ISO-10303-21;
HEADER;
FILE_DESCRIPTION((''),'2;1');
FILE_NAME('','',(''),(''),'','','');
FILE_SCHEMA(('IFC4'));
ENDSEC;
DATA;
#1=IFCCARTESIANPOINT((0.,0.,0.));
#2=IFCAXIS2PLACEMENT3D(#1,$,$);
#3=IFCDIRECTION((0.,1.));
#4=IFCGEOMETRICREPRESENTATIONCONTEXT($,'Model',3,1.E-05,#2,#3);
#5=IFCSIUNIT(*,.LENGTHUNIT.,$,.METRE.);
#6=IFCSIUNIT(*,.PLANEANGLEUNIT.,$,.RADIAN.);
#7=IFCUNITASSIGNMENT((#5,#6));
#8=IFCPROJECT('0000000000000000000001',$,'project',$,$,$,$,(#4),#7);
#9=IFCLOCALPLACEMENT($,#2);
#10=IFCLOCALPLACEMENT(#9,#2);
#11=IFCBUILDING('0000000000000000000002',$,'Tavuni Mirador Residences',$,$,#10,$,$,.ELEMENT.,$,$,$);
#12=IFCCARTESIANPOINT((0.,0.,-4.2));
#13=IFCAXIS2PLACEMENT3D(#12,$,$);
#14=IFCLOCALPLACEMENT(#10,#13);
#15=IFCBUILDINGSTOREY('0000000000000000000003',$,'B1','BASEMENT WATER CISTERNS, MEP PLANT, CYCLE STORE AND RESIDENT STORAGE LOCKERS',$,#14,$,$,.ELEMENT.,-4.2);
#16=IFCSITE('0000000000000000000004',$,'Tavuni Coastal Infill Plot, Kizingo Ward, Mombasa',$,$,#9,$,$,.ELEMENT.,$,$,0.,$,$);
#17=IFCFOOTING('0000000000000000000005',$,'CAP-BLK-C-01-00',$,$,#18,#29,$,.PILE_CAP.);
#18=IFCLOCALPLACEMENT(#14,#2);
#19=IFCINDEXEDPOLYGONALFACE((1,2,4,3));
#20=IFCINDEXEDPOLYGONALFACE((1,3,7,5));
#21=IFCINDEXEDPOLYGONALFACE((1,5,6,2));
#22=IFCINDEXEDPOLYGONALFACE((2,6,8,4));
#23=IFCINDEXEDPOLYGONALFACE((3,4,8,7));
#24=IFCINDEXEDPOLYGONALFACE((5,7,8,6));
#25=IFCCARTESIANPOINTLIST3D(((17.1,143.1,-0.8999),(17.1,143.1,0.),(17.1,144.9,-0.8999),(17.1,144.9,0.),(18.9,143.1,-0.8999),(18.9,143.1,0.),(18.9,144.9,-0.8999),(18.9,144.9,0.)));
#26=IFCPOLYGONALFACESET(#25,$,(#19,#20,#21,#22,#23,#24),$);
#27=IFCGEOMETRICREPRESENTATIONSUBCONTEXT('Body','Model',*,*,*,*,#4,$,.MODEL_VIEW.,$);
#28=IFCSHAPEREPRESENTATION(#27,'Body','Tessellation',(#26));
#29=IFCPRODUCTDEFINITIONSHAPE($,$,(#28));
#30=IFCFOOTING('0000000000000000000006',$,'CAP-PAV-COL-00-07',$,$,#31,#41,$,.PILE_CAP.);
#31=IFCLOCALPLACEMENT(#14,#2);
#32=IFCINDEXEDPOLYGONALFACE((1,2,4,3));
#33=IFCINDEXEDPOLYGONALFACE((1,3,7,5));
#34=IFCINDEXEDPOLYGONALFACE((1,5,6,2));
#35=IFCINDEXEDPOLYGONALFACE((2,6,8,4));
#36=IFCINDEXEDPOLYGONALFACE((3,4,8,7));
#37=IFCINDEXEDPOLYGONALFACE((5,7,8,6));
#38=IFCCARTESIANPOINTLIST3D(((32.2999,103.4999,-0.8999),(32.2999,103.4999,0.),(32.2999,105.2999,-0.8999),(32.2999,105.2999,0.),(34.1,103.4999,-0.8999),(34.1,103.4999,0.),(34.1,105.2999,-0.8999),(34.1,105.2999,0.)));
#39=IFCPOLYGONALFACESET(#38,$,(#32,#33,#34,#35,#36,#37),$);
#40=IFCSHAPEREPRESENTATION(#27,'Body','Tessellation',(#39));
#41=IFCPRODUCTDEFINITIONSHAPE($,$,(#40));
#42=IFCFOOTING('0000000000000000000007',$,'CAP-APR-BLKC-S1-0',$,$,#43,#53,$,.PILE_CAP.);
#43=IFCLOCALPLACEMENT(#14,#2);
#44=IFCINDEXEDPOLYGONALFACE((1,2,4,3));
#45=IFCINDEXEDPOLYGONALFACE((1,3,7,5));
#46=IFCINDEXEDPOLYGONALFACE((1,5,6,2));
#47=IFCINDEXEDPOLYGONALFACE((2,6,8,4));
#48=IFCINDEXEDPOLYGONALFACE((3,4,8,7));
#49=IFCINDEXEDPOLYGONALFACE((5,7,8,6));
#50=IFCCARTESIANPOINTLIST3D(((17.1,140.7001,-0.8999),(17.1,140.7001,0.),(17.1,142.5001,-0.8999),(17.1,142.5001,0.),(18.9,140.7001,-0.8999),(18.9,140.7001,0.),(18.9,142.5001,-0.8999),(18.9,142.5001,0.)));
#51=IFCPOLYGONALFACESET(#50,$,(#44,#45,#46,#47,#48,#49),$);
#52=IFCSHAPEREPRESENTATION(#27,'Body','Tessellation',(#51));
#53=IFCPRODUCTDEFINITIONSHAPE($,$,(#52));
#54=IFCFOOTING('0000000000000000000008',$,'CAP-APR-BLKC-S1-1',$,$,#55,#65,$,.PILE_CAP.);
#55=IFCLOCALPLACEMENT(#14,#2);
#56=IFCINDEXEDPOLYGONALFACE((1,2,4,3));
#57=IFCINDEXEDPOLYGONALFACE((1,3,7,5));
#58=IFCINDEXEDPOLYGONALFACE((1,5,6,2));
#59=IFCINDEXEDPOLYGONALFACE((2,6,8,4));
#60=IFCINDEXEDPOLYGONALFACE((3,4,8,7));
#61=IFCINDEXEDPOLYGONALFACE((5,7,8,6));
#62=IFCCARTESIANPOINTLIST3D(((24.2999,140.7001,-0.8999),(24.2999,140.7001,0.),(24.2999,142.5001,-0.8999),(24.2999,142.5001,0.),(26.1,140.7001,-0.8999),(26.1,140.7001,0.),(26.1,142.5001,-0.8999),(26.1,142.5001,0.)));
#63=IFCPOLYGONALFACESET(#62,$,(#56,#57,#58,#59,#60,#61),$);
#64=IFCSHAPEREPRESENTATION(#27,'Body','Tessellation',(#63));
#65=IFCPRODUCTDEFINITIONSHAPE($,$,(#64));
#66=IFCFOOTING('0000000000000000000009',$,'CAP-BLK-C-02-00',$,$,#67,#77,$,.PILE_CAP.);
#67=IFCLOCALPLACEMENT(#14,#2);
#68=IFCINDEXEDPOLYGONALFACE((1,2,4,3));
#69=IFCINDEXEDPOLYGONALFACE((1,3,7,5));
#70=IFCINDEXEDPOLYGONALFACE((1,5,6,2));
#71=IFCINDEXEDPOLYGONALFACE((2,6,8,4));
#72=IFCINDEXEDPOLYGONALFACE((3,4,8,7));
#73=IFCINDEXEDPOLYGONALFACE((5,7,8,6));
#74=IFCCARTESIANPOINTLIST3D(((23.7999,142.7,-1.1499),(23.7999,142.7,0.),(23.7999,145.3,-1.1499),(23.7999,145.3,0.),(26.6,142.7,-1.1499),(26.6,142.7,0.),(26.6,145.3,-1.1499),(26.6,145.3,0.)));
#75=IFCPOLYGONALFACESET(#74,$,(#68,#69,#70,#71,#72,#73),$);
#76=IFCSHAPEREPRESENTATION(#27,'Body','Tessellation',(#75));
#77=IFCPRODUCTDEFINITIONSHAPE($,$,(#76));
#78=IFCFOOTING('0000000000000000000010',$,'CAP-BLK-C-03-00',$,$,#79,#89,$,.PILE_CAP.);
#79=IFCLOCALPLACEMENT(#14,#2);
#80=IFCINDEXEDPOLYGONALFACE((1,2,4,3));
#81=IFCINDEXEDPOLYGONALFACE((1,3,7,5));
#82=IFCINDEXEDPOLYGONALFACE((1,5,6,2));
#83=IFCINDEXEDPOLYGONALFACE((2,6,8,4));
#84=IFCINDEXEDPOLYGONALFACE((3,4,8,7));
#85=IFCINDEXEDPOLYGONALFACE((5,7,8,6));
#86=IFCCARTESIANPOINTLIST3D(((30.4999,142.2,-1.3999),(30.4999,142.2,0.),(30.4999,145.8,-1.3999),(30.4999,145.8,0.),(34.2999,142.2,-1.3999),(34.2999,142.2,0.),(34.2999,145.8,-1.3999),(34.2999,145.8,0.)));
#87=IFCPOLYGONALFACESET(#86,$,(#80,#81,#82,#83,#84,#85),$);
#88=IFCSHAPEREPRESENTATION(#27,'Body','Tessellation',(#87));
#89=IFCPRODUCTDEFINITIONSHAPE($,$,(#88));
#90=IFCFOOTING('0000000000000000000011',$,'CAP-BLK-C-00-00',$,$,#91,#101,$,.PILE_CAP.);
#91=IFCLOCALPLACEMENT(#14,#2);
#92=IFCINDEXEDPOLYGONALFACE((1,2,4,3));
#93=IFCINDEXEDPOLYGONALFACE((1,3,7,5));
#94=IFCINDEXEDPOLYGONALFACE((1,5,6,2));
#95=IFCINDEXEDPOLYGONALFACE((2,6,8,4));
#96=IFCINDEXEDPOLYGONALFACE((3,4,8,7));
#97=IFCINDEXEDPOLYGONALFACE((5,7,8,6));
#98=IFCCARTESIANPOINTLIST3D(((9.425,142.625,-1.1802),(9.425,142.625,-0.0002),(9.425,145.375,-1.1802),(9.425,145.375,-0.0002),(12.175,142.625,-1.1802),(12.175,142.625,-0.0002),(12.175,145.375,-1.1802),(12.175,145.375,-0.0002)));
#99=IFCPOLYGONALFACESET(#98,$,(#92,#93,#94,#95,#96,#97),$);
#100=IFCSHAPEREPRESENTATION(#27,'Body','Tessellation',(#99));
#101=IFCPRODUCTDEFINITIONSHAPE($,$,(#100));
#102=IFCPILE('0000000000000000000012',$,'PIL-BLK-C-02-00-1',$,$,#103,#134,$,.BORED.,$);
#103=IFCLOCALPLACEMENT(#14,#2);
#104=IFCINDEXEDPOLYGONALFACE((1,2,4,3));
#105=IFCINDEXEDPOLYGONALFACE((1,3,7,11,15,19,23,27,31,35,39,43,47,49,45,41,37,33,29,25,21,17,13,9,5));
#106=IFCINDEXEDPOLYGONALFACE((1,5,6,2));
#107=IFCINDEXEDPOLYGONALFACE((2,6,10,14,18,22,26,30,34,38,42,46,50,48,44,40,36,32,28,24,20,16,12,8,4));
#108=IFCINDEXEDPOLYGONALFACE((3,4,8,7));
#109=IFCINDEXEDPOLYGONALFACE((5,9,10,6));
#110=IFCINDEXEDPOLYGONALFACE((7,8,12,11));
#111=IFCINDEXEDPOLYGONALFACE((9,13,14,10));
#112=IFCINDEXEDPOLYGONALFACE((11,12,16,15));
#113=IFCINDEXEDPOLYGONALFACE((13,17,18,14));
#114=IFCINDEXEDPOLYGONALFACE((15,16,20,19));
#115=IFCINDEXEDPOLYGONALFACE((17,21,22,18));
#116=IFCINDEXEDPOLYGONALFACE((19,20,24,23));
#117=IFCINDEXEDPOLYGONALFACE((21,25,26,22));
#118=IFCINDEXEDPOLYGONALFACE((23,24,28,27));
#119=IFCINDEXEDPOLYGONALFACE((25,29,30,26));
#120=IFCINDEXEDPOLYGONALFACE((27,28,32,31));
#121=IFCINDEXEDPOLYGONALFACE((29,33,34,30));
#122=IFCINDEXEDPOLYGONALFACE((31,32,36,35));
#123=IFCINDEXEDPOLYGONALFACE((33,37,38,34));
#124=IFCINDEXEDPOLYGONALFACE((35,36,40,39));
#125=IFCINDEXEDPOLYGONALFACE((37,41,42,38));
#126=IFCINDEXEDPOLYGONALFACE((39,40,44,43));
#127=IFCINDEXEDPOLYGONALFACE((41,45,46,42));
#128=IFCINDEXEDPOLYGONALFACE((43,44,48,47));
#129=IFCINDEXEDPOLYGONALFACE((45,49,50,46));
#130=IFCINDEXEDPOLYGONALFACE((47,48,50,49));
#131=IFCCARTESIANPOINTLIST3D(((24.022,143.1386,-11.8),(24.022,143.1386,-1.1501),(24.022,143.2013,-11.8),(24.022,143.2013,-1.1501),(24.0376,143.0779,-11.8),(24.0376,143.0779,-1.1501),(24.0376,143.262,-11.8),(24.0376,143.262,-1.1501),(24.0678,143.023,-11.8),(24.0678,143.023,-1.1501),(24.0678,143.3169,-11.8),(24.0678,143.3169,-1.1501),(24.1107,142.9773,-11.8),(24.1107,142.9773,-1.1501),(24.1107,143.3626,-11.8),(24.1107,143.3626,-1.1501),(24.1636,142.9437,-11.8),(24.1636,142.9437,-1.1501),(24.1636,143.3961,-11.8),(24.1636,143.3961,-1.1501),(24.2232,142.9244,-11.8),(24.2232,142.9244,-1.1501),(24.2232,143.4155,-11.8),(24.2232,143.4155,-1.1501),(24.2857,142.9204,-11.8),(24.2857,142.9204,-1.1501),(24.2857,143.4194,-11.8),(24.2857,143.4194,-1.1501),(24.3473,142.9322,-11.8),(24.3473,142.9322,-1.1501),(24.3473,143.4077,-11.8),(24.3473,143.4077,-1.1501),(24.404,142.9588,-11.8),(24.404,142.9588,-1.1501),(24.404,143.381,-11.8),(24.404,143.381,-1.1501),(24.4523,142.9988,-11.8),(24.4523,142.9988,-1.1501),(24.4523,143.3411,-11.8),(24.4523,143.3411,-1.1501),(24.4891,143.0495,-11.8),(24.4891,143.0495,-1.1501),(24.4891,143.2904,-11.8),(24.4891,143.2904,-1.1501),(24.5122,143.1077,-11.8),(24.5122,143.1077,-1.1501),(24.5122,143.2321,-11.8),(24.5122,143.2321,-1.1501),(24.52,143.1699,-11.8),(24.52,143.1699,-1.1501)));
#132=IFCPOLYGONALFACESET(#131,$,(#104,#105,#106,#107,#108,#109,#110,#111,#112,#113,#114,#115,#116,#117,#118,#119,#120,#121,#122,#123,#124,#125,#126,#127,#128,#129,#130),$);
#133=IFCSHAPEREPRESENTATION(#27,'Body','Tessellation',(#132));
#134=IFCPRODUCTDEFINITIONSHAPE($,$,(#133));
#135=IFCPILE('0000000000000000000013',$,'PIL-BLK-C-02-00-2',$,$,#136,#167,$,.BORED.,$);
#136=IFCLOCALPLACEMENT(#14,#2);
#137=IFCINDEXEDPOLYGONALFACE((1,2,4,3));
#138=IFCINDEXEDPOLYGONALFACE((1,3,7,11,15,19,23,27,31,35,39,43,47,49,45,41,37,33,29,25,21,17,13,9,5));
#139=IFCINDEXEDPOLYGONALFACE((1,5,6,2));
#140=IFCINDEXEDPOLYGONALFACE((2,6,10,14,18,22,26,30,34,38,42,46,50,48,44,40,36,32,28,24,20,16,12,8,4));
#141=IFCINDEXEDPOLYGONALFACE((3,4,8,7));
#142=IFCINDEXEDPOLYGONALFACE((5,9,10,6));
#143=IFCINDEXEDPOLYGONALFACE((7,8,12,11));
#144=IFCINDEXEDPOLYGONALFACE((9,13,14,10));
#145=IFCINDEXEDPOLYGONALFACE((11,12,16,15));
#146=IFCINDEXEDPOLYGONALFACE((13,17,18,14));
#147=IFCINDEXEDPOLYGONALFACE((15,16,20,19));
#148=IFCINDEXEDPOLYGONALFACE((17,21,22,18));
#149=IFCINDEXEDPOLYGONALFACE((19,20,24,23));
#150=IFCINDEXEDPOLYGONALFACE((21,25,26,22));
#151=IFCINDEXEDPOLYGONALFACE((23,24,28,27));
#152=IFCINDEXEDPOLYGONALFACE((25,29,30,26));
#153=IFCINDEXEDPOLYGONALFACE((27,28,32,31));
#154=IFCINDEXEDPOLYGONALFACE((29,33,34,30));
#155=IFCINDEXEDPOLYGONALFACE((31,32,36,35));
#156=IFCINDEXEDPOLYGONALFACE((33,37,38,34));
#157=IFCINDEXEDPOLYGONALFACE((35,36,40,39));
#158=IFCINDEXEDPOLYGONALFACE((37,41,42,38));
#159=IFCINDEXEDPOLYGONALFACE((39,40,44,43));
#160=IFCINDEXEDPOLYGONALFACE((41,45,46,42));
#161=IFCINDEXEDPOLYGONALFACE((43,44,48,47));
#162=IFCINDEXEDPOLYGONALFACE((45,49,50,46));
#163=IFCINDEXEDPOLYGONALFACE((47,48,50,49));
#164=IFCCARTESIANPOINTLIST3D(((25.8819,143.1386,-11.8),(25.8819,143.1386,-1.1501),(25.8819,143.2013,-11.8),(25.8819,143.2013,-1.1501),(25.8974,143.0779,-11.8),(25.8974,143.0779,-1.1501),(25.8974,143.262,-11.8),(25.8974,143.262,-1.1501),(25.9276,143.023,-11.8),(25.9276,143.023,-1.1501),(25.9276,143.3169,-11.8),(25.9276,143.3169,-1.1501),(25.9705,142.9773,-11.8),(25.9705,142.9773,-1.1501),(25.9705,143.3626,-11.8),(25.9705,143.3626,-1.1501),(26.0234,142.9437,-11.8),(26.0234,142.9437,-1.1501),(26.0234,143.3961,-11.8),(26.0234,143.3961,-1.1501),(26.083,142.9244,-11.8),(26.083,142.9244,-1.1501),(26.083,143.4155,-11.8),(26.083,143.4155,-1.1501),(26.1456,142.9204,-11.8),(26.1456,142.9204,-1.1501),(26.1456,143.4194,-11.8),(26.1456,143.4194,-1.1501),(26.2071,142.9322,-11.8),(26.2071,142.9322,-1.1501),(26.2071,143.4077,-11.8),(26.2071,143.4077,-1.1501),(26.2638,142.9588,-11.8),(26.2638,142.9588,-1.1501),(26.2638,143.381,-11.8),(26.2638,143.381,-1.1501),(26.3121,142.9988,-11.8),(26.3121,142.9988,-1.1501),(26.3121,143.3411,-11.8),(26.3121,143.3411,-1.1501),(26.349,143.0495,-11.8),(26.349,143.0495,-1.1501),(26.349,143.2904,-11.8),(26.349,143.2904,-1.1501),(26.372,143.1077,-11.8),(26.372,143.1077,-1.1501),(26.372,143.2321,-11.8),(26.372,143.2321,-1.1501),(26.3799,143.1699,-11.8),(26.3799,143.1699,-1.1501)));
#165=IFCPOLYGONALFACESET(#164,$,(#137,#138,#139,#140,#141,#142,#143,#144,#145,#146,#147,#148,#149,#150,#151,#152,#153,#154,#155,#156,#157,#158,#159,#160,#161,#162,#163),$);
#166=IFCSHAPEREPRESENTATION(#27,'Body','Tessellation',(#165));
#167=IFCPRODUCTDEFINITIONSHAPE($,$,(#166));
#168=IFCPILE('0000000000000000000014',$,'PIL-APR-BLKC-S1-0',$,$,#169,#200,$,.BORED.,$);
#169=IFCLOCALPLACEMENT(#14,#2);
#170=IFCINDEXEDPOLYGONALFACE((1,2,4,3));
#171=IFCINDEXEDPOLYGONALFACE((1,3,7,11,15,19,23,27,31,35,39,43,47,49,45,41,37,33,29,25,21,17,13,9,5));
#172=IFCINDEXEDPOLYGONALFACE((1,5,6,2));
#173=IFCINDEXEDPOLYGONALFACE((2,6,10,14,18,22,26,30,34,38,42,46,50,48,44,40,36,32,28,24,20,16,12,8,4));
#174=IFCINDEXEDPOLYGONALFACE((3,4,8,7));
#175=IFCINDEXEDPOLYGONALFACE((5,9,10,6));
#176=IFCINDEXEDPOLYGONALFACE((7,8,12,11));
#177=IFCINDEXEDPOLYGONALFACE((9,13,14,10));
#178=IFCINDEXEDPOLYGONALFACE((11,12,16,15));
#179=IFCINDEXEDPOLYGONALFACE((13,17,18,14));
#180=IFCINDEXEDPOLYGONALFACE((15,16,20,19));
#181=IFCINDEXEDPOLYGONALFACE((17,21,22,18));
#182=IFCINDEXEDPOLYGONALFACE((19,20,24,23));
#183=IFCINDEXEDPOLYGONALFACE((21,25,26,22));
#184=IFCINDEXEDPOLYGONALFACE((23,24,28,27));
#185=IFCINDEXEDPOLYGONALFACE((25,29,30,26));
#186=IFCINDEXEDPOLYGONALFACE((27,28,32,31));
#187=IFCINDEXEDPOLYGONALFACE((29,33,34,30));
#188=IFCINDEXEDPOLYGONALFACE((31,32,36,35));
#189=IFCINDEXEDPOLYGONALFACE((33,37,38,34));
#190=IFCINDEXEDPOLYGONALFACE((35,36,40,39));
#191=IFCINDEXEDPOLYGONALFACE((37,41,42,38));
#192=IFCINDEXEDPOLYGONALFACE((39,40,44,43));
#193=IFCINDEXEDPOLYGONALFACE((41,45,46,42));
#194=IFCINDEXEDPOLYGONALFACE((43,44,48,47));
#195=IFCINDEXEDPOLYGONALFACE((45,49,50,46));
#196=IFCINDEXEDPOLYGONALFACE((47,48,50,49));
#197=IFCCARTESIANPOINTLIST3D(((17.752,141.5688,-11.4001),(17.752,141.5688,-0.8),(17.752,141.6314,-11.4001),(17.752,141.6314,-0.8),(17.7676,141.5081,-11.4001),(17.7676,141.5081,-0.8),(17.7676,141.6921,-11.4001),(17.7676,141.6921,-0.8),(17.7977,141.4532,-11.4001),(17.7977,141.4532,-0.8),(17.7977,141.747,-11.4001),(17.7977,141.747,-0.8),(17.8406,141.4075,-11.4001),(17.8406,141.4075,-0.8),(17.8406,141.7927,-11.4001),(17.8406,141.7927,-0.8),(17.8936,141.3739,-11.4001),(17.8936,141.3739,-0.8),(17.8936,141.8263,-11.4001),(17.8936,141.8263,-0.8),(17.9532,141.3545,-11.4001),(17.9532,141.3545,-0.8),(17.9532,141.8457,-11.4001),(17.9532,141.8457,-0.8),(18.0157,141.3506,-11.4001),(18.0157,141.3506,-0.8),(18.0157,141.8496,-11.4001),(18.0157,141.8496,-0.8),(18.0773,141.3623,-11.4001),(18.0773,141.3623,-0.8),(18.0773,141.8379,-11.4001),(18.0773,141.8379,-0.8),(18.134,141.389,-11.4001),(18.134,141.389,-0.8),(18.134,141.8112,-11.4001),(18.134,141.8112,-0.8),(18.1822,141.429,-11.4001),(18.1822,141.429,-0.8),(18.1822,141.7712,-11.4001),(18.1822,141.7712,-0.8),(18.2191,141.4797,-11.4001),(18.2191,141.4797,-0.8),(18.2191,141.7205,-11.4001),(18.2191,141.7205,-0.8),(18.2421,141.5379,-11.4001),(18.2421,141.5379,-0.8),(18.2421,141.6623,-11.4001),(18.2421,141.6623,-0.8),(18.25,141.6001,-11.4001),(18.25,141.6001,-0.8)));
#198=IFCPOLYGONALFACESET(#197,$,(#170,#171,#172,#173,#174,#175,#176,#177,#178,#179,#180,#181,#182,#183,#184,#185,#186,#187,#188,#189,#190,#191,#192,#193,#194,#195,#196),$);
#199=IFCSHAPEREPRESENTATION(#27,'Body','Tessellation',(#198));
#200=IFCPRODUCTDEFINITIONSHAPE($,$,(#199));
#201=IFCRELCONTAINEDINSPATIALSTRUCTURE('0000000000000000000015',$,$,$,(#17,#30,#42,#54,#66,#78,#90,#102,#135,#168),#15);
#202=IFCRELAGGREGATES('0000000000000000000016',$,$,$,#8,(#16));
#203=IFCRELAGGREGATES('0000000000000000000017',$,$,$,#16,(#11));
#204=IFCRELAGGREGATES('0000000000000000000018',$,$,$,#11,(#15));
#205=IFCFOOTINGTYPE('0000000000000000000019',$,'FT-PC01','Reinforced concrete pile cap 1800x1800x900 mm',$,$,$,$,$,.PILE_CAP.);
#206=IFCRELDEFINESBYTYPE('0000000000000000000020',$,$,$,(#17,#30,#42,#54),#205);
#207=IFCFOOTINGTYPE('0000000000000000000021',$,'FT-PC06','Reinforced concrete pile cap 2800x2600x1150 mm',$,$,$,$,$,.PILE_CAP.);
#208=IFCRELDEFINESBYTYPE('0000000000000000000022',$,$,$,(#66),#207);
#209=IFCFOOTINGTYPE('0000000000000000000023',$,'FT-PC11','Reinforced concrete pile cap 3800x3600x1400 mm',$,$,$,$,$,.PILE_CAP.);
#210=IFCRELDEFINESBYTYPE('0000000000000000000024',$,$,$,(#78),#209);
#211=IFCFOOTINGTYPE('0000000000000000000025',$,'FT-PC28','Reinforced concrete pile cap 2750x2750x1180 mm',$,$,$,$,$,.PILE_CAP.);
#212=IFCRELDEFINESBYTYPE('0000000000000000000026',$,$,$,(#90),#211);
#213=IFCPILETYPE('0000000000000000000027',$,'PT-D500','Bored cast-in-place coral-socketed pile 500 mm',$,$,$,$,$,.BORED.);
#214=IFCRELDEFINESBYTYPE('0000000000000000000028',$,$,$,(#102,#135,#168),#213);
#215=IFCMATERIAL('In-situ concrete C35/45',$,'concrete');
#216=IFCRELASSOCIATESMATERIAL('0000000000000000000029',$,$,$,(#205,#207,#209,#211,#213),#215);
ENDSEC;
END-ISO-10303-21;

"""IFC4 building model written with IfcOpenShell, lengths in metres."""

from ifc_helpers import new_model, si_unit, direction, frame, origin, origin_2d, place, context, subcontext, project, spatial, rectangle, circle, extrude, material, material_profile, profile_set, type_object, element, save


model = new_model("IFC4")

# Units and contexts
model_context = context("Model", 3, precision=1e-05, world=origin(), true_north=direction((0.0, 1.0)))
body_context = subcontext(model_context, "Body", "Model", "MODEL_VIEW")
ifc_project = project(units=[si_unit("LENGTHUNIT", "METRE"), si_unit("PLANEANGLEUNIT", "RADIAN")], contexts=[model_context])

# Site, building, storey
site_placement = place(None, origin())
site = spatial("IfcSite", under=ifc_project, at=site_placement, Name="Tavuni Coastal Infill Plot, Kizingo Ward, Mombasa", CompositionType="ELEMENT", RefElevation=0.0)
building_placement = place(site_placement, origin())
building = spatial("IfcBuilding", under=site, at=building_placement, Name="Tavuni Mirador Residences", CompositionType="ELEMENT")
storey_placement = place(building_placement, frame((0.0, 0.0, -4.2)))
storey = spatial("IfcBuildingStorey", under=building, at=storey_placement, Name="B1", Description="BASEMENT WATER CISTERNS, MEP PLANT, CYCLE STORE AND RESIDENT STORAGE LOCKERS", CompositionType="ELEMENT", Elevation=-4.2)

# Footings
ifc_material_1 = material(Name="In-situ concrete C35/45", Category="concrete")
footing_type_1 = type_object("IfcFootingType", Name="FT-PC01", Description="Reinforced concrete pile cap 1800x1800x900 mm", PredefinedType="PILE_CAP", material=ifc_material_1)
for number, where, z_axis, x_axis, name in (
    (1, (18.0, 144.0, -0.8999), (0.0, 0.0, 1.0), (1.0, 0.0, 0.0), "CAP-BLK-C-01-00"),
    (2, (33.2, 104.3999, -0.8999), (0.0, 0.0, 1.0), (1.0, 0.0, 0.0), "CAP-PAV-COL-00-07"),
    (3, (18.0, 141.6001, -0.8999), (0.0, 0.0, 1.0), (1.0, 0.0, 0.0), "CAP-APR-BLKC-S1-0"),
    (4, (25.2, 141.6001, -0.8999), (0.0, 0.0, 1.0), (1.0, 0.0, 0.0), "CAP-APR-BLKC-S1-1"),
):
    element("IfcFooting", number, at=place(storey_placement, frame(where, z_axis=z_axis, x_axis=x_axis)), inside=storey, type_object=footing_type_1, Name=name, PredefinedType="PILE_CAP", context=body_context, shape_type="SweptSolid", body=[
        extrude(rectangle(XDim=1.8, YDim=1.8, at=origin_2d()), origin(), (0.0, 0.0, 1.0), 0.8999),
    ])
footing_type_2 = type_object("IfcFootingType", Name="FT-PC06", Description="Reinforced concrete pile cap 2800x2600x1150 mm", PredefinedType="PILE_CAP", material=ifc_material_1)
footing_1_placement = place(storey_placement, frame((25.2, 144.0, -1.1499), z_axis=(0.0, 0.0, 1.0), x_axis=(1.0, 0.0, 0.0)))
element("IfcFooting", 5, at=footing_1_placement, inside=storey, type_object=footing_type_2, Name="CAP-BLK-C-02-00", PredefinedType="PILE_CAP", context=body_context, shape_type="SweptSolid", body=[
    extrude(rectangle(XDim=2.8, YDim=2.6001, at=origin_2d()), origin(), (0.0, 0.0, 1.0), 1.1499),
])
footing_type_3 = type_object("IfcFootingType", Name="FT-PC11", Description="Reinforced concrete pile cap 3800x3600x1400 mm", PredefinedType="PILE_CAP", material=ifc_material_1)
footing_2_placement = place(storey_placement, frame((32.3999, 144.0, -1.3999), z_axis=(0.0, 0.0, 1.0), x_axis=(1.0, 0.0, 0.0)))
element("IfcFooting", 6, at=footing_2_placement, inside=storey, type_object=footing_type_3, Name="CAP-BLK-C-03-00", PredefinedType="PILE_CAP", context=body_context, shape_type="SweptSolid", body=[
    extrude(rectangle(XDim=3.8, YDim=3.6001, at=origin_2d()), origin(), (0.0, 0.0, 1.0), 1.3999),
])
footing_type_4 = type_object("IfcFootingType", Name="FT-PC28", Description="Reinforced concrete pile cap 2750x2750x1180 mm", PredefinedType="PILE_CAP", material=ifc_material_1)
footing_3_placement = place(storey_placement, frame((10.8, 144.0, -1.1802), z_axis=(0.0, 0.0, 1.0), x_axis=(1.0, 0.0, 0.0)))
element("IfcFooting", 7, at=footing_3_placement, inside=storey, type_object=footing_type_4, Name="CAP-BLK-C-00-00", PredefinedType="PILE_CAP", context=body_context, shape_type="SweptSolid", body=[
    extrude(rectangle(XDim=2.75, YDim=2.75, at=origin_2d()), origin(), (0.0, 0.0, 1.0), 1.1799),
])

# Piles
ifc_material_profile_1 = material_profile(ifc_material_1, circle(Radius=0.25, at=origin_2d()), Name="PILE D500", Category="concrete")
ifc_profile_set_1 = profile_set([ifc_material_profile_1], Name="In-situ concrete C35/45")
pile_type_1 = type_object("IfcPileType", Name="PT-D500", Description="Bored cast-in-place coral-socketed pile 500 mm", PredefinedType="BORED", material=ifc_profile_set_1)
for number, where, z_axis, x_axis, name in (
    (8, (24.27, 143.1699, -1.1501), (0.0, 0.0, -1.0), (1.0, 0.0, 0.0), "PIL-BLK-C-02-00-1"),
    (9, (26.1299, 143.1699, -1.1501), (0.0, 0.0, -1.0), (1.0, 0.0, 0.0), "PIL-BLK-C-02-00-2"),
):
    element("IfcPile", number, at=place(storey_placement, frame(where, z_axis=z_axis, x_axis=x_axis)), inside=storey, type_object=pile_type_1, Name=name, PredefinedType="BORED", context=body_context, shape_type="SweptSolid", body=[
        extrude(circle(Radius=0.25, at=origin_2d()), origin(), (0.0, 0.0, 1.0), 10.6499),
    ])
for number, where, z_axis, x_axis, name in (
    (10, (18.0, 141.6001, -0.8), (0.0, 0.0, -1.0), (1.0, 0.0, 0.0), "PIL-APR-BLKC-S1-0"),
):
    element("IfcPile", number, at=place(storey_placement, frame(where, z_axis=z_axis, x_axis=x_axis)), inside=storey, type_object=pile_type_1, Name=name, PredefinedType="BORED", context=body_context, shape_type="SweptSolid", body=[
        extrude(circle(Radius=0.25, at=origin_2d()), origin(), (0.0, 0.0, 1.0), 10.6001),
    ])

save(model, "model.ifc")
